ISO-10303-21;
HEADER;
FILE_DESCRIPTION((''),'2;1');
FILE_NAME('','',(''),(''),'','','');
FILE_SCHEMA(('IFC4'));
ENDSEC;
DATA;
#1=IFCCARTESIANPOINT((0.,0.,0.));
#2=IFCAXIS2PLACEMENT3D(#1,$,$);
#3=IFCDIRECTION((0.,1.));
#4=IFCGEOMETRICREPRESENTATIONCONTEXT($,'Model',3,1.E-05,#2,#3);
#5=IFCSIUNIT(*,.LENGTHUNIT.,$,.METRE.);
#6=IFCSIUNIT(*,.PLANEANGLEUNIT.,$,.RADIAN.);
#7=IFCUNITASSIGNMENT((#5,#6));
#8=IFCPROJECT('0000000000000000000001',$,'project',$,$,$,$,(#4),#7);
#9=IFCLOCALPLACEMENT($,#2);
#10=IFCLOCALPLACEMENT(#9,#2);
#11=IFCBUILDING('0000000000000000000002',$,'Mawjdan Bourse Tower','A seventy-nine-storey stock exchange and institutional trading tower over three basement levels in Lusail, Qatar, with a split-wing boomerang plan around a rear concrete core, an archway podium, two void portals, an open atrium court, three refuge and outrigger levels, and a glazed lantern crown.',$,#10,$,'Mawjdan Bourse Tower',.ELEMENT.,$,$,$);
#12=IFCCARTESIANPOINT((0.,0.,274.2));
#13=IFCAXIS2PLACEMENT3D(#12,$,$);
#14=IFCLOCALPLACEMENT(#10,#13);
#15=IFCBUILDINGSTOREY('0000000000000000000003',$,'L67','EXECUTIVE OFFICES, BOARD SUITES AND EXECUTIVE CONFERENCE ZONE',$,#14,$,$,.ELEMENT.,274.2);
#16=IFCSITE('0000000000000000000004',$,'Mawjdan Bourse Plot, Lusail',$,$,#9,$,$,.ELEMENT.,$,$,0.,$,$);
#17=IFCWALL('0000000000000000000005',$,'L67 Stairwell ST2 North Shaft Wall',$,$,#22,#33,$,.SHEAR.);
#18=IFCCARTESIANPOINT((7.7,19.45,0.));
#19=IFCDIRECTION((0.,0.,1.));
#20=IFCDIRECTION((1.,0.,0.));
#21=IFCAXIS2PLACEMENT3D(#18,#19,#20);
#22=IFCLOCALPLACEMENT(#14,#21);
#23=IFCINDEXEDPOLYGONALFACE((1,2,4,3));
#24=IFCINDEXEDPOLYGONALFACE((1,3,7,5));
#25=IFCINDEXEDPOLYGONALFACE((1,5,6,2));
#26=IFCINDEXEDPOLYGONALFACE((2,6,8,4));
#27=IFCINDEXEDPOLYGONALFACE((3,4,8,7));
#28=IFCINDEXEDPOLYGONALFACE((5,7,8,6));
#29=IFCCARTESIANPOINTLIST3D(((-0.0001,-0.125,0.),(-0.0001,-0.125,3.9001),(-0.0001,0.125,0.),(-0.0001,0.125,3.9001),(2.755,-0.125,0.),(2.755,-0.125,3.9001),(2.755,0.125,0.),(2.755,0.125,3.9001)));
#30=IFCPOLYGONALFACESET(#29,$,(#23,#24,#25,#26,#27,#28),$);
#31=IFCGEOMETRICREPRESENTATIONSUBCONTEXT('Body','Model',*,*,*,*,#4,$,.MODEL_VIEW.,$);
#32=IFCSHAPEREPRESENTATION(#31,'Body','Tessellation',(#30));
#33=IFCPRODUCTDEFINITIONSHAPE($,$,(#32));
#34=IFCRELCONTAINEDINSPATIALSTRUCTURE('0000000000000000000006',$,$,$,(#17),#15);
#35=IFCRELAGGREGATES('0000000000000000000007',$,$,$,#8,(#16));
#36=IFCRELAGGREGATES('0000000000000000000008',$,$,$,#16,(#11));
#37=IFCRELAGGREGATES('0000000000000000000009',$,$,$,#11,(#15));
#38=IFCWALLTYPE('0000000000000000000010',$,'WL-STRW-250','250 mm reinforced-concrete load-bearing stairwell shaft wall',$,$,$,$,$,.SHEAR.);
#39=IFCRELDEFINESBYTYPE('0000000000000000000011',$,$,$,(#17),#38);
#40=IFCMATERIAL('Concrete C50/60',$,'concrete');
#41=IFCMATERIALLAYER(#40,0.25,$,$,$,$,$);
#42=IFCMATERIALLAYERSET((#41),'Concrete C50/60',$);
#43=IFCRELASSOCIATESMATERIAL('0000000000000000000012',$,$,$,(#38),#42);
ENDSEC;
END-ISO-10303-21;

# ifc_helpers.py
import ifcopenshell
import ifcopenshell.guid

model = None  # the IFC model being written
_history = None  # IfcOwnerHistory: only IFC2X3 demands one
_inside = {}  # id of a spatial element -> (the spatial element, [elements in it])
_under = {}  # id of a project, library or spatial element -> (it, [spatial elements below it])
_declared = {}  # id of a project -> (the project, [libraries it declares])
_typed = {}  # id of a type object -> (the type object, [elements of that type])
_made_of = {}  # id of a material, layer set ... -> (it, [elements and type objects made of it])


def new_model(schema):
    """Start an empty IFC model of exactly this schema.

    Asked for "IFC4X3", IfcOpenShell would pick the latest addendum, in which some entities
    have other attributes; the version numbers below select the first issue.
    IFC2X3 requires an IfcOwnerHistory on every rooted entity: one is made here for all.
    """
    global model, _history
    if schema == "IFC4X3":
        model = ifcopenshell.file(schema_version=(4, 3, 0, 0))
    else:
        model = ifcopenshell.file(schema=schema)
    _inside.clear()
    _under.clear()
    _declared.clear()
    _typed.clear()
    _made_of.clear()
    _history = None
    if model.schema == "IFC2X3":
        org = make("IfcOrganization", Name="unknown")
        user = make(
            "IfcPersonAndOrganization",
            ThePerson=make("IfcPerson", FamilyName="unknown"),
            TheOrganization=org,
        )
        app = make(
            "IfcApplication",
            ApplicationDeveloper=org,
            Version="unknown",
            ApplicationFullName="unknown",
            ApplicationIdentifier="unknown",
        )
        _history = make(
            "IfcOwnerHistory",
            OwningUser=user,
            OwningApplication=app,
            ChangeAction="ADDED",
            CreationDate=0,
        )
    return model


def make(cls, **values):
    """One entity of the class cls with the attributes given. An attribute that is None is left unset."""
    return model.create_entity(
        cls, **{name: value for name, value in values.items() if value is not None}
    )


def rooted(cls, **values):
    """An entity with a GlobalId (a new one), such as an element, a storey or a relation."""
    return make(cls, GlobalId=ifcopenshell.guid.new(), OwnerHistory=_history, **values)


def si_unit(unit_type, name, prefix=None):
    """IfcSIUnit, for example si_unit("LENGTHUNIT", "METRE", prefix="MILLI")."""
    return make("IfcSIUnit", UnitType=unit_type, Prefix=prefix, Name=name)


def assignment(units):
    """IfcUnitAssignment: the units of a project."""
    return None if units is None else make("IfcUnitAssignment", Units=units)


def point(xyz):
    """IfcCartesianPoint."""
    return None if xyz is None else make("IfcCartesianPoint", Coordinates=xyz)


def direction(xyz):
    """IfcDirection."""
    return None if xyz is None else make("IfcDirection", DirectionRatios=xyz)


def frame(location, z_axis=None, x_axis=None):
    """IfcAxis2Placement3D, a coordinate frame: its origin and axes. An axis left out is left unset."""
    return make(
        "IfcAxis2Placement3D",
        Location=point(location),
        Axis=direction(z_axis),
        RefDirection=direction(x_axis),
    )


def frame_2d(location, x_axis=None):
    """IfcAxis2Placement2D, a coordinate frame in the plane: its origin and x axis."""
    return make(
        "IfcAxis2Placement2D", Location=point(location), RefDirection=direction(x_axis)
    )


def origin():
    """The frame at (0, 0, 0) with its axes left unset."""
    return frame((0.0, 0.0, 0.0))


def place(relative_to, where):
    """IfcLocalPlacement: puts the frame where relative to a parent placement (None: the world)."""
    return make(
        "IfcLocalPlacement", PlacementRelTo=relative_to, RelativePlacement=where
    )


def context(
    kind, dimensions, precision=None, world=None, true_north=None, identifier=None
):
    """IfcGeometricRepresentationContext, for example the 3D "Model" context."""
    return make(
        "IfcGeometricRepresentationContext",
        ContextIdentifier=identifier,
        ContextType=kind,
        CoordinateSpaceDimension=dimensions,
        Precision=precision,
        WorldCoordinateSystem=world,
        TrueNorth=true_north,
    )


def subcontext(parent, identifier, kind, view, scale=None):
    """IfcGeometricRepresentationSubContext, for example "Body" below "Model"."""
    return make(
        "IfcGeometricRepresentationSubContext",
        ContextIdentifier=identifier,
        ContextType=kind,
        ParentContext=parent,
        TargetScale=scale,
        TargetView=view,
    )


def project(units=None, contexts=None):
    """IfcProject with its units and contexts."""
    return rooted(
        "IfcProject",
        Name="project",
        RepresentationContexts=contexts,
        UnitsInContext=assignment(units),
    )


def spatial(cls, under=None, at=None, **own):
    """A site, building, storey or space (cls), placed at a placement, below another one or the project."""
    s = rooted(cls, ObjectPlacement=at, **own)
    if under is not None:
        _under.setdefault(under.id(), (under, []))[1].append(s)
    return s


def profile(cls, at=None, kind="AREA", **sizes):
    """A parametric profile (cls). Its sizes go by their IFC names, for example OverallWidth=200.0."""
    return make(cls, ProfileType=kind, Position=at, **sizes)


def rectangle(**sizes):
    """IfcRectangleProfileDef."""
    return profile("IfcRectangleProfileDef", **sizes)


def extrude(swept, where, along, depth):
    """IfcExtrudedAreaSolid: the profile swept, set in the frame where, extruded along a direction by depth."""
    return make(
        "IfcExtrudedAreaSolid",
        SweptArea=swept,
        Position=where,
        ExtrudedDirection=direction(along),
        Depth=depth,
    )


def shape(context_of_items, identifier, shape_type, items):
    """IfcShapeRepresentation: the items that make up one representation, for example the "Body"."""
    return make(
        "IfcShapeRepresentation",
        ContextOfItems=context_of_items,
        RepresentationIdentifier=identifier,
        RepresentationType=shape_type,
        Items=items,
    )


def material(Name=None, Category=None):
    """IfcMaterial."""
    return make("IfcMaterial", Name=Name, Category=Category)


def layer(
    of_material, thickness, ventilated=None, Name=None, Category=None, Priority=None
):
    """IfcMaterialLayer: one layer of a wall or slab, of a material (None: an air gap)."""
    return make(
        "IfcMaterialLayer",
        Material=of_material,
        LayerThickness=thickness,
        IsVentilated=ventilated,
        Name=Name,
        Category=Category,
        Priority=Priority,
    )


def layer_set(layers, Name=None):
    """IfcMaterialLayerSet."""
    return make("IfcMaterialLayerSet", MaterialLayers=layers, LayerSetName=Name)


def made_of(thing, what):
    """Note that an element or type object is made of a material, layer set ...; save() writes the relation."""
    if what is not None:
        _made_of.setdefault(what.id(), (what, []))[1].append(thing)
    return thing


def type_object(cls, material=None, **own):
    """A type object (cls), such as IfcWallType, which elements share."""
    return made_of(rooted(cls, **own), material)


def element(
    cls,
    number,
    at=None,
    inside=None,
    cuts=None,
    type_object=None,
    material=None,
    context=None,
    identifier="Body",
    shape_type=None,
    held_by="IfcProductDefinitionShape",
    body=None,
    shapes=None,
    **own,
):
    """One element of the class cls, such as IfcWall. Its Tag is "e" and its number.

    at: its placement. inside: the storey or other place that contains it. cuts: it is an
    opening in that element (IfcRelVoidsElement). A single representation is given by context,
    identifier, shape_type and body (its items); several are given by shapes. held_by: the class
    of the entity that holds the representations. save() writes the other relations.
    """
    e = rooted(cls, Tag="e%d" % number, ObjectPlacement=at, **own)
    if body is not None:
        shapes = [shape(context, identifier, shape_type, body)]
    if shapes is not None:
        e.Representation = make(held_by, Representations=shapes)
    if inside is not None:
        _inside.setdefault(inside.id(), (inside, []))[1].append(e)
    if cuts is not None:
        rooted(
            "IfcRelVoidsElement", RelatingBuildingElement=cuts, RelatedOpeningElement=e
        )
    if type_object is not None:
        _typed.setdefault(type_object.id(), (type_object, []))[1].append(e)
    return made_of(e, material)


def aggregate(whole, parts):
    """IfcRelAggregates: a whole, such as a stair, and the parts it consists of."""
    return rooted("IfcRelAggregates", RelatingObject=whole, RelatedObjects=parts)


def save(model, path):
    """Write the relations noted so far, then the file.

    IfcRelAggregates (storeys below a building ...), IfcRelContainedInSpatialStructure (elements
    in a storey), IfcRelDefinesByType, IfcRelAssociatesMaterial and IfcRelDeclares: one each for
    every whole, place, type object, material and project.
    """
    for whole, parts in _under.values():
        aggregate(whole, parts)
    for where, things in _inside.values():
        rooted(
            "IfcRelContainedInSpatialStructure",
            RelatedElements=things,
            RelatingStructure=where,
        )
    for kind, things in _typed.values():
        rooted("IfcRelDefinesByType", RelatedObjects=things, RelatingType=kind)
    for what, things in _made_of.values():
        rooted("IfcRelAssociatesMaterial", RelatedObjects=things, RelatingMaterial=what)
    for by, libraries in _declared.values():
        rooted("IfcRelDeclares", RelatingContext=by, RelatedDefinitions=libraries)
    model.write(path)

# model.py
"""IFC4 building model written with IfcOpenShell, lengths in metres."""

from ifc_helpers import new_model, si_unit, direction, frame, frame_2d, origin, place, context, subcontext, project, spatial, rectangle, extrude, material, layer, layer_set, type_object, element, save


model = new_model("IFC4")

# Units and contexts
model_context = context("Model", 3, precision=1e-05, world=origin(), true_north=direction((0.0, 1.0)))
body_context = subcontext(model_context, "Body", "Model", "MODEL_VIEW")
ifc_project = project(units=[si_unit("LENGTHUNIT", "METRE"), si_unit("PLANEANGLEUNIT", "RADIAN")], contexts=[model_context])

# Site, building, storey
site_placement = place(None, origin())
site = spatial("IfcSite", under=ifc_project, at=site_placement, Name="Mawjdan Bourse Plot, Lusail", CompositionType="ELEMENT", RefElevation=0.0)
building_placement = place(site_placement, origin())
building = spatial("IfcBuilding", under=site, at=building_placement, Name="Mawjdan Bourse Tower", Description="A seventy-nine-storey stock exchange and institutional trading tower over three basement levels in Lusail, Qatar, with a split-wing boomerang plan around a rear concrete core, an archway podium, two void portals, an open atrium court, three refuge and outrigger levels, and a glazed lantern crown.", LongName="Mawjdan Bourse Tower", CompositionType="ELEMENT")
storey_placement = place(building_placement, frame((0.0, 0.0, 274.2)))
storey = spatial("IfcBuildingStorey", under=building, at=storey_placement, Name="L67", Description="EXECUTIVE OFFICES, BOARD SUITES AND EXECUTIVE CONFERENCE ZONE", CompositionType="ELEMENT", Elevation=274.2)

# Wall
ifc_material_1 = material(Name="Concrete C50/60", Category="concrete")
ifc_layer_1 = layer(ifc_material_1, 0.25)
ifc_layer_set_1 = layer_set([ifc_layer_1], Name="Concrete C50/60")
wall_type_1 = type_object("IfcWallType", Name="WL-STRW-250", Description="250 mm reinforced-concrete load-bearing stairwell shaft wall", PredefinedType="SHEAR", material=ifc_layer_set_1)
wall_1_placement = place(storey_placement, frame((7.7, 19.45, 0.0), z_axis=(0.0, 0.0, 1.0), x_axis=(1.0, 0.0, 0.0)))
element("IfcWall", 1, at=wall_1_placement, inside=storey, type_object=wall_type_1, Name="L67 Stairwell ST2 North Shaft Wall", PredefinedType="SHEAR", context=body_context, shape_type="SweptSolid", body=[
    extrude(rectangle(XDim=2.7551, YDim=0.25, at=frame_2d((1.3774, 0.0))), origin(), (0.0, 0.0, 1.0), 3.9001),
])

save(model, "model.ifc")
